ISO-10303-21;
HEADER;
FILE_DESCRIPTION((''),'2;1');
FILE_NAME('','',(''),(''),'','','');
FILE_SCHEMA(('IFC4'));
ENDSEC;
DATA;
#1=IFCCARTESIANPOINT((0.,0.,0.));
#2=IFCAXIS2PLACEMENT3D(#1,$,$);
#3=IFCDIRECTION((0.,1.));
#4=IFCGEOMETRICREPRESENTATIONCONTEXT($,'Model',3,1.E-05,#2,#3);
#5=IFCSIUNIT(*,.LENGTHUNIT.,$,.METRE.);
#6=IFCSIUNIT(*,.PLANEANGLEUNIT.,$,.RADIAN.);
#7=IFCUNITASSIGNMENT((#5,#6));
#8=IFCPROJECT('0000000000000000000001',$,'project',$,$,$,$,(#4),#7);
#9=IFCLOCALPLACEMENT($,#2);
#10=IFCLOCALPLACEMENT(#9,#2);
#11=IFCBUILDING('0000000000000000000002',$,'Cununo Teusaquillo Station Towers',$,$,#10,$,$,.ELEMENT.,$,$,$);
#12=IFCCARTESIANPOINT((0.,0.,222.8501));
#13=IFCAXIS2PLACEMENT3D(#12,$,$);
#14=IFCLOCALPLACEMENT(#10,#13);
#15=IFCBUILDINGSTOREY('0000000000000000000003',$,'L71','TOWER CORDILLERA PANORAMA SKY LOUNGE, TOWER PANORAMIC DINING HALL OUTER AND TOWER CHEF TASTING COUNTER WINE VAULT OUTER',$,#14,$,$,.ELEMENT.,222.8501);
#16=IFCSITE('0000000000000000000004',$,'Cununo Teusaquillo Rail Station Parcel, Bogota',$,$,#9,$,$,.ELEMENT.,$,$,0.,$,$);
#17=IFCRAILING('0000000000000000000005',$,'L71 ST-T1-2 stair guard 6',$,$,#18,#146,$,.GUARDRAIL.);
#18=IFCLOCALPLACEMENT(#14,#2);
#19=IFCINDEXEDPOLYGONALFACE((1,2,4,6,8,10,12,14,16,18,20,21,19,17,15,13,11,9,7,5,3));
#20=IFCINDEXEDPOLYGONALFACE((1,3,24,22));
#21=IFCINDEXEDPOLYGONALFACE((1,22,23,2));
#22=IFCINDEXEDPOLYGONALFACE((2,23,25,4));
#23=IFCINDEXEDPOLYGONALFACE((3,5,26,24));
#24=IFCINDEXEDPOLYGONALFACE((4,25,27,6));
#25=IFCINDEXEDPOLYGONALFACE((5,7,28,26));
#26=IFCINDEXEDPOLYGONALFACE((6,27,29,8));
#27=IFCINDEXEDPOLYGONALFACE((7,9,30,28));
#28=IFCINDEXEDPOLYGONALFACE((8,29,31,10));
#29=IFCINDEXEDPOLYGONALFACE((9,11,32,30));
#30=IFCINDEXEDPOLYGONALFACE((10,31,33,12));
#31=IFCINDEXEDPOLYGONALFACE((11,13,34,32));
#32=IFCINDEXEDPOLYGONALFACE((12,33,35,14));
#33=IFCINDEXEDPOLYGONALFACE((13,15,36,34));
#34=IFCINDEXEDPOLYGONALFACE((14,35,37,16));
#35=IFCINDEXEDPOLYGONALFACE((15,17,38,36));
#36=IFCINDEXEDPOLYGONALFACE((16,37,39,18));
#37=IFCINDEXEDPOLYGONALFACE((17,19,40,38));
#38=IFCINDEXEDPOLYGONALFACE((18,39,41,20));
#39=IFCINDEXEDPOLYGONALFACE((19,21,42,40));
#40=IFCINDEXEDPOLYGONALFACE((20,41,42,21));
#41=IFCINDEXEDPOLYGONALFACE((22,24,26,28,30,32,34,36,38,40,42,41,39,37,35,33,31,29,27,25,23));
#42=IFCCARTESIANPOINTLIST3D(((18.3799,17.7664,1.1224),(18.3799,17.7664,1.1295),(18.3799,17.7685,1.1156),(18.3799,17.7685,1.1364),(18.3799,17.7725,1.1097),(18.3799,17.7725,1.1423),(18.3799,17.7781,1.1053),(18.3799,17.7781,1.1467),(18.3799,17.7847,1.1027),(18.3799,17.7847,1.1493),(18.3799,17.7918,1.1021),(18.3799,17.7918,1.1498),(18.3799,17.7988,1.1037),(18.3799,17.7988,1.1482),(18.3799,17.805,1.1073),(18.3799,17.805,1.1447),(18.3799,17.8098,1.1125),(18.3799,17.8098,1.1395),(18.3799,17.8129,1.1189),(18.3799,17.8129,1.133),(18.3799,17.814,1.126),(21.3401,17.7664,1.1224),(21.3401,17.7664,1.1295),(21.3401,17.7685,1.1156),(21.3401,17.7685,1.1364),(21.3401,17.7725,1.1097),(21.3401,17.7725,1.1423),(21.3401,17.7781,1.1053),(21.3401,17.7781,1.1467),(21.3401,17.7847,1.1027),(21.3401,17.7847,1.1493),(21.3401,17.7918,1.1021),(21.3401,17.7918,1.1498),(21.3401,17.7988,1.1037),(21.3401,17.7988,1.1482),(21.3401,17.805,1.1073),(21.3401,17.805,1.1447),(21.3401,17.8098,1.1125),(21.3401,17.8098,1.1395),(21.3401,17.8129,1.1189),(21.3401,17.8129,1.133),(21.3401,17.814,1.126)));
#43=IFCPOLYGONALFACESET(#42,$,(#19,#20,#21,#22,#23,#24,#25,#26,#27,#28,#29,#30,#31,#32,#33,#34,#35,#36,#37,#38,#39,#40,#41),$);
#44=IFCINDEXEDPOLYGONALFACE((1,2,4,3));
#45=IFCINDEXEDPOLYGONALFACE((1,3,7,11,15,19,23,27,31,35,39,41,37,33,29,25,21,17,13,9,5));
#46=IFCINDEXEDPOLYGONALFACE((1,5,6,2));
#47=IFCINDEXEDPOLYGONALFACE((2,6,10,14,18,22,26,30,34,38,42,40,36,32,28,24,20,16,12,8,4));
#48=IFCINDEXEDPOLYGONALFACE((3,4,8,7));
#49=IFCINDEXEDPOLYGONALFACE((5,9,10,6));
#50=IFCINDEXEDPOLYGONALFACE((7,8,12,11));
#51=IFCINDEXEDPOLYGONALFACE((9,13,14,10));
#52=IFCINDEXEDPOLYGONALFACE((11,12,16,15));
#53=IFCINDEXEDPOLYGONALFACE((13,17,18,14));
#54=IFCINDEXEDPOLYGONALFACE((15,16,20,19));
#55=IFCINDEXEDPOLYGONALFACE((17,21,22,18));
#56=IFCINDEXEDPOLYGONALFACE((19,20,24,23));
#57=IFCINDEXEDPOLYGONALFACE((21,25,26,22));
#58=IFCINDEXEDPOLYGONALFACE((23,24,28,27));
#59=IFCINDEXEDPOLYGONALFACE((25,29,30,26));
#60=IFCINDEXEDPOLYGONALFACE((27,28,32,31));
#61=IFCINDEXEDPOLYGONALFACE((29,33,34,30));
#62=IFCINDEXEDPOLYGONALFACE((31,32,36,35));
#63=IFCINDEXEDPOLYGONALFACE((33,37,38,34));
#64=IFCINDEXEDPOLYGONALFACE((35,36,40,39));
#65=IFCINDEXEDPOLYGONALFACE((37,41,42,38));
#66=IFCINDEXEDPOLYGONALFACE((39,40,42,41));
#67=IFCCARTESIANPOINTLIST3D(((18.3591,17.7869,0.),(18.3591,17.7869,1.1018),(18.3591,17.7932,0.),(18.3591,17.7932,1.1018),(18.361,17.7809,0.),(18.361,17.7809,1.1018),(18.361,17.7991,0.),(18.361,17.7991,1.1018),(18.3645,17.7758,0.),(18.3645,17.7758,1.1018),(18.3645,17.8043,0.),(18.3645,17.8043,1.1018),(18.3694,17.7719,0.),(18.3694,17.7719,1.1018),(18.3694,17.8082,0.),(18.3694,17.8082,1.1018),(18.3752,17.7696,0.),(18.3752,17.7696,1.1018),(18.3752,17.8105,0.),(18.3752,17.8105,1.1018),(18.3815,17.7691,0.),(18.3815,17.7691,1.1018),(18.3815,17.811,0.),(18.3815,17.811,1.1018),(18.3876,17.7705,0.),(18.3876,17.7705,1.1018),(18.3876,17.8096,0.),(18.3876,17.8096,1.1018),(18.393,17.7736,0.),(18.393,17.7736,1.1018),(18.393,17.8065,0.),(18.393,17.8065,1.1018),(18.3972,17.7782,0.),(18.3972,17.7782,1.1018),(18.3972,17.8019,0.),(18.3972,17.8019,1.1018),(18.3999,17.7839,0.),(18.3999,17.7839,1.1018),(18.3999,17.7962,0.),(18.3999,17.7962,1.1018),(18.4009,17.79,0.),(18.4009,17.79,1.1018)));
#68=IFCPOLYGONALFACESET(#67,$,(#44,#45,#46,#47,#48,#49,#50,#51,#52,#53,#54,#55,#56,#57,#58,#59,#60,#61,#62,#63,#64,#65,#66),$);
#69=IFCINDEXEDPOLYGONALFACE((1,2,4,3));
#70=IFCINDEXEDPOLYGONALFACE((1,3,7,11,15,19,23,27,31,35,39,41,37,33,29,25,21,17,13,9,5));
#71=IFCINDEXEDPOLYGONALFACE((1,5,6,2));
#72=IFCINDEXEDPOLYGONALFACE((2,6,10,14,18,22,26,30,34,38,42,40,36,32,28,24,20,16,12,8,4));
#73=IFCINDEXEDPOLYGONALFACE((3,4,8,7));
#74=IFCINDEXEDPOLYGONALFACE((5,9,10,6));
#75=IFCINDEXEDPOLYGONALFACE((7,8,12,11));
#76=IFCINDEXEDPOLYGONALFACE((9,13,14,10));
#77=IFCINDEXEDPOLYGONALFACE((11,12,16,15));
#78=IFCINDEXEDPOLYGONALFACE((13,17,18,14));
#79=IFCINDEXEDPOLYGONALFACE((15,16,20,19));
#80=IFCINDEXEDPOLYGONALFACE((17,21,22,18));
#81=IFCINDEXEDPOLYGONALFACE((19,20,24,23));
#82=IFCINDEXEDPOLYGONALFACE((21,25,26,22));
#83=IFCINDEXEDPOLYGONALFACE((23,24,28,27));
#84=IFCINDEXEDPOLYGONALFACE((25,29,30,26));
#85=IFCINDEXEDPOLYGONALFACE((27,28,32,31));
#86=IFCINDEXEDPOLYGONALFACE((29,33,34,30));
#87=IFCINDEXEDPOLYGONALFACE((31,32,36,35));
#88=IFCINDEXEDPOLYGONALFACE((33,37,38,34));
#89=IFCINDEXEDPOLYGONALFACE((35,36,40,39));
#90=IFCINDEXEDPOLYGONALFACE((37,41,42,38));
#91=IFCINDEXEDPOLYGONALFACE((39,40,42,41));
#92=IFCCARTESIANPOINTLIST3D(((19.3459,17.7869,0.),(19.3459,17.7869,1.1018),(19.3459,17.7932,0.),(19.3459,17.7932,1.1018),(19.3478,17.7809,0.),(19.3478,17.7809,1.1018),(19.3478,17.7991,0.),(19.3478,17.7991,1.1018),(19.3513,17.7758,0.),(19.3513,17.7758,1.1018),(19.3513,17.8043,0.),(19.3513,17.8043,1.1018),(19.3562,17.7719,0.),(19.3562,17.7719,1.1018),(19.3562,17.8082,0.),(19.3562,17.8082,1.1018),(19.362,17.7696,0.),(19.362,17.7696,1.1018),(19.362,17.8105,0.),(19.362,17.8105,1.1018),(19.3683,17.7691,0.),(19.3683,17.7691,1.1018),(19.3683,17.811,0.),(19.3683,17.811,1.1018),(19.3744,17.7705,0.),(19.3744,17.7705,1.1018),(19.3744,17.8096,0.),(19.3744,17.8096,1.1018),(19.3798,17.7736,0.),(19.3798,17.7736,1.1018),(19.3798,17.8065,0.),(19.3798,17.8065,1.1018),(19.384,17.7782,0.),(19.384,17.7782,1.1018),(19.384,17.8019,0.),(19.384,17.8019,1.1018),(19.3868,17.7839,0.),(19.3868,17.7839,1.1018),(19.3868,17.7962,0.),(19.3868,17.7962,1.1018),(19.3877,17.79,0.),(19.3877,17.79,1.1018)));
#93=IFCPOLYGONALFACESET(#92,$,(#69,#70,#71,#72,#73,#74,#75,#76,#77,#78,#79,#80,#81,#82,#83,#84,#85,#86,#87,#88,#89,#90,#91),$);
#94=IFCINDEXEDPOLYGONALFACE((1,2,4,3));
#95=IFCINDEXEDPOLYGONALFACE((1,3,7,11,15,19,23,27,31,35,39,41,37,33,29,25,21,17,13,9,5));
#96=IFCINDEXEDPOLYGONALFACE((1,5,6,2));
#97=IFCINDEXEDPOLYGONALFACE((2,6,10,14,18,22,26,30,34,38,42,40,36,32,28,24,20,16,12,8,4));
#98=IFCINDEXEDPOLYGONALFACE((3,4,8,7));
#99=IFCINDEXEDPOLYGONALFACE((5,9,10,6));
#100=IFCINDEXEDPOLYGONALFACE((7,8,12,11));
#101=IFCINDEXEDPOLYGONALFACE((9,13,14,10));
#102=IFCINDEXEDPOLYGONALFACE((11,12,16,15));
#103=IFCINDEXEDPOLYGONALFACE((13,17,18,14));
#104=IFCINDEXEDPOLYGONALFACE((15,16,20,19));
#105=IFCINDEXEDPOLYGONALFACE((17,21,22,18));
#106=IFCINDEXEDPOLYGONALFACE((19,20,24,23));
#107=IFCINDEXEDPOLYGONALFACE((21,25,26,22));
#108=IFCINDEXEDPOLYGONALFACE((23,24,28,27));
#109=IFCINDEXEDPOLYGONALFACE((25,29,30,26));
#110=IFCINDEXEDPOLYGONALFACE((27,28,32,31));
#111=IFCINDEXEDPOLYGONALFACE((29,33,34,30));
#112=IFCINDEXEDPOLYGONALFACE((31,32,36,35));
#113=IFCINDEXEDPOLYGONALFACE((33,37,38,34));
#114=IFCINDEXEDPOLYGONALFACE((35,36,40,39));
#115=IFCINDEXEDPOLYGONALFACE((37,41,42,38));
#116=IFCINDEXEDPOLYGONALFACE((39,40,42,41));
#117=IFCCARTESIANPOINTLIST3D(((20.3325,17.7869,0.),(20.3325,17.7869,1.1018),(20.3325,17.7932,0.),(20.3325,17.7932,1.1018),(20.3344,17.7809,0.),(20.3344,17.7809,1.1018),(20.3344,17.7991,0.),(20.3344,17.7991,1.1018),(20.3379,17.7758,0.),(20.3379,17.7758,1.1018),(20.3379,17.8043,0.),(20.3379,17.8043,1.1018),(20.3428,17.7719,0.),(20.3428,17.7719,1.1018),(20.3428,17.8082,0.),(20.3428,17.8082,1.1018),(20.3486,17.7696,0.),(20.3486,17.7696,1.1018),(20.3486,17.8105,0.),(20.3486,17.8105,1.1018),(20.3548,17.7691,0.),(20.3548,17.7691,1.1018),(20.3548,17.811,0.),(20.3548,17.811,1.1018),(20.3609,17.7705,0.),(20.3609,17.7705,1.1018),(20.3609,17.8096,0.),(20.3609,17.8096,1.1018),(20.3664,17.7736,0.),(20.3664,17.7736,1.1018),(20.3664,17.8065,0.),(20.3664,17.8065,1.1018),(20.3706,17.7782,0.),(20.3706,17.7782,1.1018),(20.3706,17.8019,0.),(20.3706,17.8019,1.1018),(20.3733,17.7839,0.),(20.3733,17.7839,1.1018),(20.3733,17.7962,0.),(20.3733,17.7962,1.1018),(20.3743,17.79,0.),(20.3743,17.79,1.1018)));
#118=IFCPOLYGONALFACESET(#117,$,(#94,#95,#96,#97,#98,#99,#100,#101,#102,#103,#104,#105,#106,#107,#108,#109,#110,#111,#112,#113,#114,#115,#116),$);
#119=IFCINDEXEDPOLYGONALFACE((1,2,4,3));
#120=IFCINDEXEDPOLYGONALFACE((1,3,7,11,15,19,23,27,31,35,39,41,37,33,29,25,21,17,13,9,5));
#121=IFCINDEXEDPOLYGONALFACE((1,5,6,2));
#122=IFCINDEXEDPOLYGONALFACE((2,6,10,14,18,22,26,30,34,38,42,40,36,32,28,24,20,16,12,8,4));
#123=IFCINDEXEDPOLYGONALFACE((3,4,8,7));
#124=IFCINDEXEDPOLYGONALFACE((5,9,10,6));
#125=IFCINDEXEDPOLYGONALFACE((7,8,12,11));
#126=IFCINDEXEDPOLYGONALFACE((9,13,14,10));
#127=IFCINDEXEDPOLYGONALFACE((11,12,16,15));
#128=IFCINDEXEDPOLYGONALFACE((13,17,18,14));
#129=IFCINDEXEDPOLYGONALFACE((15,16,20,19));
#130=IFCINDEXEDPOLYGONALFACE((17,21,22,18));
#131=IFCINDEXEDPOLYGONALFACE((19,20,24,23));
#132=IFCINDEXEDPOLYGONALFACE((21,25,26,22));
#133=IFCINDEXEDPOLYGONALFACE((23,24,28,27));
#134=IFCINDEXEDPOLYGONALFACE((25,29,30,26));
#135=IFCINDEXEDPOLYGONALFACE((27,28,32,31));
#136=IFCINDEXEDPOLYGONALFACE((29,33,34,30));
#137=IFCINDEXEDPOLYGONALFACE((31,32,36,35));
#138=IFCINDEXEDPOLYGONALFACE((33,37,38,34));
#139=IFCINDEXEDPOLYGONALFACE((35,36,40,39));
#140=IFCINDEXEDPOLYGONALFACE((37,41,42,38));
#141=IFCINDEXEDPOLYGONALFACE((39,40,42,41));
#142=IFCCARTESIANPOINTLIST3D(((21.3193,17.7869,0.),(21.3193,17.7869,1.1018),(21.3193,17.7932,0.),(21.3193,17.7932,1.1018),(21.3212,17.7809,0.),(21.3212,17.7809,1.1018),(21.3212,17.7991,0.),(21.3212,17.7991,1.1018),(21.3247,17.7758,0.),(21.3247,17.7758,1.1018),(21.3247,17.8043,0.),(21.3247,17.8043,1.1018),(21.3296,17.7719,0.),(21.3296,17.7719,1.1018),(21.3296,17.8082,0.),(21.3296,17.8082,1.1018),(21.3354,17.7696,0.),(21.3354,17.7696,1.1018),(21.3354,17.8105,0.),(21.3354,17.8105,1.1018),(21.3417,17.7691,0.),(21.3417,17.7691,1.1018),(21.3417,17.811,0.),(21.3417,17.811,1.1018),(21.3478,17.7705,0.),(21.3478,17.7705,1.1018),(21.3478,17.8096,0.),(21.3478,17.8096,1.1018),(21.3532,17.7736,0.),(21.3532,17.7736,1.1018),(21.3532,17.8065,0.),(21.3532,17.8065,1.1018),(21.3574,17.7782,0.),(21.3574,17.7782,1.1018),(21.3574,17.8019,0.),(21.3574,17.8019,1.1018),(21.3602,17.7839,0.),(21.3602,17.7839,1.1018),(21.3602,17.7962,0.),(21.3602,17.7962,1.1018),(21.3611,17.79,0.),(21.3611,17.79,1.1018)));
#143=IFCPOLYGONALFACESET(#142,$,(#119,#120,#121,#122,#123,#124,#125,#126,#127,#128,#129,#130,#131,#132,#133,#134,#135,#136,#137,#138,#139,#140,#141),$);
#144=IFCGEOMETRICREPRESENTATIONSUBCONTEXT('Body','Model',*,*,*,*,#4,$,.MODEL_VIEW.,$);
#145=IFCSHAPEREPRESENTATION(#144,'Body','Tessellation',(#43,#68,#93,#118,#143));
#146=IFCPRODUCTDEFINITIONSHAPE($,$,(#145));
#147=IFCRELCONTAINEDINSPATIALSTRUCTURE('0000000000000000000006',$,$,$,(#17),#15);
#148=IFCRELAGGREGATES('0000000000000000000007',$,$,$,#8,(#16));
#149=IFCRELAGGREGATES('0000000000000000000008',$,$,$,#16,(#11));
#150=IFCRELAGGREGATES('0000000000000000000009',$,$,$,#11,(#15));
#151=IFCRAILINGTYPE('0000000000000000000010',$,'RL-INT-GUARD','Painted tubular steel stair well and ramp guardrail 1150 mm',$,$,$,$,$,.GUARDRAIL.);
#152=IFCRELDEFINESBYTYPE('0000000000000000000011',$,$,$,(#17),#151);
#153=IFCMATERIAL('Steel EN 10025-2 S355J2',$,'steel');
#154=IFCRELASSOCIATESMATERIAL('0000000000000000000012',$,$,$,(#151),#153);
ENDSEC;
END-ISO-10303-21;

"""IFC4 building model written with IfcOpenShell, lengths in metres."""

from ifc_helpers import new_model, si_unit, direction, frame, origin, origin_2d, place, context, subcontext, project, spatial, circle, extrude, material, type_object, element, save


model = new_model("IFC4")

# Units and contexts
model_context = context("Model", 3, precision=1e-05, world=origin(), true_north=direction((0.0, 1.0)))
body_context = subcontext(model_context, "Body", "Model", "MODEL_VIEW")
ifc_project = project(units=[si_unit("LENGTHUNIT", "METRE"), si_unit("PLANEANGLEUNIT", "RADIAN")], contexts=[model_context])

# Site, building, storey
site_placement = place(None, origin())
site = spatial("IfcSite", under=ifc_project, at=site_placement, Name="Cununo Teusaquillo Rail Station Parcel, Bogota", CompositionType="ELEMENT", RefElevation=0.0)
building_placement = place(site_placement, origin())
building = spatial("IfcBuilding", under=site, at=building_placement, Name="Cununo Teusaquillo Station Towers", CompositionType="ELEMENT")
storey_placement = place(building_placement, frame((0.0, 0.0, 222.8501)))
storey = spatial("IfcBuildingStorey", under=building, at=storey_placement, Name="L71", Description="TOWER CORDILLERA PANORAMA SKY LOUNGE, TOWER PANORAMIC DINING HALL OUTER AND TOWER CHEF TASTING COUNTER WINE VAULT OUTER", CompositionType="ELEMENT", Elevation=222.8501)

# Railing
ifc_material_1 = material(Name="Steel EN 10025-2 S355J2", Category="steel")
railing_type_1 = type_object("IfcRailingType", Name="RL-INT-GUARD", Description="Painted tubular steel stair well and ramp guardrail 1150 mm", PredefinedType="GUARDRAIL", material=ifc_material_1)
railing_1_placement = place(storey_placement, frame((18.3799, 17.79, 0.0)))
element("IfcRailing", 1, at=railing_1_placement, inside=storey, type_object=railing_type_1, Name="L71 ST-T1-2 stair guard 6", PredefinedType="GUARDRAIL", context=body_context, shape_type="SweptSolid", body=[
    extrude(circle(Radius=0.0239, at=origin_2d()), frame((0.0, 0.0, 1.126), z_axis=(1.0, 0.0, 0.0), x_axis=(0.0, 1.0, 0.0)), (0.0, 0.0, 1.0), 2.9602),
    extrude(circle(Radius=0.021, at=origin_2d()), origin(), (0.0, 0.0, 1.0), 1.1018),
    extrude(circle(Radius=0.021, at=origin_2d()), frame((0.9868, 0.0, 0.0)), (0.0, 0.0, 1.0), 1.1018),
    extrude(circle(Radius=0.021, at=origin_2d()), frame((1.9734, 0.0, 0.0)), (0.0, 0.0, 1.0), 1.1018),
    extrude(circle(Radius=0.021, at=origin_2d()), frame((2.9602, 0.0, 0.0)), (0.0, 0.0, 1.0), 1.1018),
])

save(model, "model.ifc")
